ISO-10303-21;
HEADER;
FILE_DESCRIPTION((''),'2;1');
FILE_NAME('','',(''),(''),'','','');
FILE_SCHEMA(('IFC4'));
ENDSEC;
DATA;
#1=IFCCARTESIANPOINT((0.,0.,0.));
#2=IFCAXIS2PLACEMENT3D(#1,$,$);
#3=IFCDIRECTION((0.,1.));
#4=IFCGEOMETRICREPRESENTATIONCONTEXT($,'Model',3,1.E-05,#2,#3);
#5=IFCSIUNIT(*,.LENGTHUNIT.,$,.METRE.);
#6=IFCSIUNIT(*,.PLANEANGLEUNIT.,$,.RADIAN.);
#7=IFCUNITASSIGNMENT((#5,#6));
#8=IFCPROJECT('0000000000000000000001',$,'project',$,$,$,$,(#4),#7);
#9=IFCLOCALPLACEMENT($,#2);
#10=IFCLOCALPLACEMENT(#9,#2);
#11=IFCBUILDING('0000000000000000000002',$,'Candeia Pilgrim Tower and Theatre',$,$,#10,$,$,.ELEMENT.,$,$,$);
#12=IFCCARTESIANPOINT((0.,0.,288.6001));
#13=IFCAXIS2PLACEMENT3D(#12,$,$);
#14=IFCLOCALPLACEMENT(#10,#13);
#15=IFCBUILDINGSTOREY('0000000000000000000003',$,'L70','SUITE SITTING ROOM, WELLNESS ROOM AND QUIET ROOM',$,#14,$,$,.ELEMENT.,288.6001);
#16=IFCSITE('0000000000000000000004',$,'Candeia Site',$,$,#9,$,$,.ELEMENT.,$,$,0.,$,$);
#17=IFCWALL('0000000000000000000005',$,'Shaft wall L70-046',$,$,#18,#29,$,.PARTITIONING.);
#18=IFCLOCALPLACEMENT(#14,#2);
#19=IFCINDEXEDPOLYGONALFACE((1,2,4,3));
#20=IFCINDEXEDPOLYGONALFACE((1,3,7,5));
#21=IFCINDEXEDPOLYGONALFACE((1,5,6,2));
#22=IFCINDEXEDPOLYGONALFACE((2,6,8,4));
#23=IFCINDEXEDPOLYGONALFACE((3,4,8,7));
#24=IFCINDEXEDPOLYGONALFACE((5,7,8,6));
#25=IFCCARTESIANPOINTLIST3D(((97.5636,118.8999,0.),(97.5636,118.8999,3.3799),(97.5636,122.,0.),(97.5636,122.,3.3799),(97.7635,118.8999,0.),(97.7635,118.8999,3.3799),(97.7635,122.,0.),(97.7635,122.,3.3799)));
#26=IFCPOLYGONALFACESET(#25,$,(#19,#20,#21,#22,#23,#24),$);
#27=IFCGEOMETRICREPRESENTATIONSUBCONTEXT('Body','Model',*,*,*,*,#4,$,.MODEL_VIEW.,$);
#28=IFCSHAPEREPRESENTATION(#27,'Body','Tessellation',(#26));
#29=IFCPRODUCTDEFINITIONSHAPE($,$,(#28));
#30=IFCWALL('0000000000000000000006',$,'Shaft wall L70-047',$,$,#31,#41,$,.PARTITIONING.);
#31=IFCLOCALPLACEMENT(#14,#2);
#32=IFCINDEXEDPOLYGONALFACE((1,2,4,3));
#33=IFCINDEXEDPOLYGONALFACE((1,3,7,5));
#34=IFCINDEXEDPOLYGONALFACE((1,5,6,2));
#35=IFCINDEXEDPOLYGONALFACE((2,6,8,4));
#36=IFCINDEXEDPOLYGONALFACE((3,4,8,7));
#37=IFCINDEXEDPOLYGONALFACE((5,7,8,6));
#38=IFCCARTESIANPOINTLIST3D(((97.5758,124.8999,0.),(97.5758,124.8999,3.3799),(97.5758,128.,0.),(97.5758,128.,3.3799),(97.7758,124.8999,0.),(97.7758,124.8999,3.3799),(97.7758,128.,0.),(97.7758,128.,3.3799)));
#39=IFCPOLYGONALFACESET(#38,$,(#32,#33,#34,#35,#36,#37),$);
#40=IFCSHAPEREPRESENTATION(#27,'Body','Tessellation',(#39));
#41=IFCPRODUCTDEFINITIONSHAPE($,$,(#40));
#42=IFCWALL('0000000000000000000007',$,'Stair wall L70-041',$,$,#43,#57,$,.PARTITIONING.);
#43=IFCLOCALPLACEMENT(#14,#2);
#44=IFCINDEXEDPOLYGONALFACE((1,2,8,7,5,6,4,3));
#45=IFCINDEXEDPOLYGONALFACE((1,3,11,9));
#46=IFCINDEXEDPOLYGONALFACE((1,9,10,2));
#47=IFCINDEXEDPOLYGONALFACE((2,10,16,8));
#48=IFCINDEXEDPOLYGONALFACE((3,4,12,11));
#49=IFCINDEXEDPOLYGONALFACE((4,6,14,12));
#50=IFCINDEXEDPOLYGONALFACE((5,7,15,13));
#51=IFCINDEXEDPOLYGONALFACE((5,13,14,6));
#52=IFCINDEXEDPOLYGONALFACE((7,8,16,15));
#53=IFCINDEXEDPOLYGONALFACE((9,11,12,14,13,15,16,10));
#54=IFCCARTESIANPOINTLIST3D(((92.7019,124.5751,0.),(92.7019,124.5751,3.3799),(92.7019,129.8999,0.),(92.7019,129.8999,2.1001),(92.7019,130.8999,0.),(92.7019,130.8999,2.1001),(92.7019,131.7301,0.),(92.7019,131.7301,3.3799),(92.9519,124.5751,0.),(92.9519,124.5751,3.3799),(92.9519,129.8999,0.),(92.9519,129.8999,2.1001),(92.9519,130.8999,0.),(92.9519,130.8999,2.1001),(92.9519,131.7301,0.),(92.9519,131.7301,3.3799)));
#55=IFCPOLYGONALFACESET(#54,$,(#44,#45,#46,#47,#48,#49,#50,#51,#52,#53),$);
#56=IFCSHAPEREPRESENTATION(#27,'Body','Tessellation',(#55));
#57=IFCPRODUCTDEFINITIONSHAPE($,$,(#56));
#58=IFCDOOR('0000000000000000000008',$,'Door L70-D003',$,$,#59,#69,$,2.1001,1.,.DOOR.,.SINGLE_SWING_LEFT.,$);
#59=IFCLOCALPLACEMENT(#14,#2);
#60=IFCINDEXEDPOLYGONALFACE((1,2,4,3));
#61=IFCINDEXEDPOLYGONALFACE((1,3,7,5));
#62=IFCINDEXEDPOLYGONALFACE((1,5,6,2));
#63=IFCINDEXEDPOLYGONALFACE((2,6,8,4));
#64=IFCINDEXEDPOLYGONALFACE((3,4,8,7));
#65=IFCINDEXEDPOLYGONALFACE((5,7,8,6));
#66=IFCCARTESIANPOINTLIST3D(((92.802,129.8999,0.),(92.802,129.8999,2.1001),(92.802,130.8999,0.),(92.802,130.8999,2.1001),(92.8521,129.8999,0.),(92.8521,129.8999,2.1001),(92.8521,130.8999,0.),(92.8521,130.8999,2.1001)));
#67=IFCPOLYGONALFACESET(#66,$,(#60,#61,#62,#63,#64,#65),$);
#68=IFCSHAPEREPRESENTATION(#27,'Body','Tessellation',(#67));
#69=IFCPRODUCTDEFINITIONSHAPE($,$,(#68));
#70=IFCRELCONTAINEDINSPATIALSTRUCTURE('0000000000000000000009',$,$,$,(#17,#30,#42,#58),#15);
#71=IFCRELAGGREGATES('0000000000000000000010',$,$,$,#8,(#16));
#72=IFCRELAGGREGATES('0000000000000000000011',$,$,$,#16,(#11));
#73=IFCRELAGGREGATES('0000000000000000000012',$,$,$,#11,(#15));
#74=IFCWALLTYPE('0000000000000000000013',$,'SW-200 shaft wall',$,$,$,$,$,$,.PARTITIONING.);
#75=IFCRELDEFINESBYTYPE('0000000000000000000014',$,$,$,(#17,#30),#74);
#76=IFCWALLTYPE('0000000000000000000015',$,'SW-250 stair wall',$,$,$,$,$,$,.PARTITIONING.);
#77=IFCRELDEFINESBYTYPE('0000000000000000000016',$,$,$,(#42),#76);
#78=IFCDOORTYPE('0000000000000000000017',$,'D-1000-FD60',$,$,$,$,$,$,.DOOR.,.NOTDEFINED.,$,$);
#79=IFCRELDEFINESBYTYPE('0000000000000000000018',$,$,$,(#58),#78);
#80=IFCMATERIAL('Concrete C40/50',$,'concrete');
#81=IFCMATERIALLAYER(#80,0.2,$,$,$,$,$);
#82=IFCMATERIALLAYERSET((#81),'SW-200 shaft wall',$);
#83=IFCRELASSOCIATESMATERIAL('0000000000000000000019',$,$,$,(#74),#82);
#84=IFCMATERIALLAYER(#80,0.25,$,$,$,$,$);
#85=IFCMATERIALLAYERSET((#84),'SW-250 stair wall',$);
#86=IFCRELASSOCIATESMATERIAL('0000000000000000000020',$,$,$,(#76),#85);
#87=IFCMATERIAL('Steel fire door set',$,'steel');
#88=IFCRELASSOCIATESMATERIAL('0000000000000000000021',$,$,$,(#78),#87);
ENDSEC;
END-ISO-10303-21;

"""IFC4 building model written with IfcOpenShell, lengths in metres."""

from ifc_helpers import new_model, si_unit, direction, frame, frame_2d, origin, place, context, subcontext, project, spatial, rectangle, extrude, material, layer, layer_set, type_object, element, fill, save


model = new_model("IFC4")

# Units and contexts
model_context = context("Model", 3, precision=1e-05, world=origin(), true_north=direction((0.0, 1.0)))
body_context = subcontext(model_context, "Body", "Model", "MODEL_VIEW")
ifc_project = project(units=[si_unit("LENGTHUNIT", "METRE"), si_unit("PLANEANGLEUNIT", "RADIAN")], contexts=[model_context])

# Site, building, storey
site_placement = place(None, origin())
site = spatial("IfcSite", under=ifc_project, at=site_placement, Name="Candeia Site", CompositionType="ELEMENT", RefElevation=0.0)
building_placement = place(site_placement, origin())
building = spatial("IfcBuilding", under=site, at=building_placement, Name="Candeia Pilgrim Tower and Theatre", CompositionType="ELEMENT")
storey_placement = place(building_placement, frame((0.0, 0.0, 288.6001)))
storey = spatial("IfcBuildingStorey", under=building, at=storey_placement, Name="L70", Description="SUITE SITTING ROOM, WELLNESS ROOM AND QUIET ROOM", CompositionType="ELEMENT", Elevation=288.6001)

# Shared definitions
ifc_material_1 = material(Name="Steel fire door set", Category="steel")

# Shared definitions
ifc_material_2 = material(Name="Concrete C40/50", Category="concrete")
ifc_layer_1 = layer(ifc_material_2, 0.2)
ifc_layer_set_1 = layer_set([ifc_layer_1], Name="SW-200 shaft wall")
wall_type_1 = type_object("IfcWallType", Name="SW-200 shaft wall", PredefinedType="PARTITIONING", material=ifc_layer_set_1)

# Walls
for number, where, z_axis, x_axis, name in (
    (1, (97.6636, 118.8999, 0.0), (0.0, 0.0, 1.0), (0.0, 1.0, 0.0), "Shaft wall L70-046"),
    (2, (97.6758, 124.8999, 0.0), (0.0, 0.0, 1.0), (0.0, 1.0, 0.0), "Shaft wall L70-047"),
):
    element("IfcWall", number, at=place(storey_placement, frame(where, z_axis=z_axis, x_axis=x_axis)), inside=storey, type_object=wall_type_1, Name=name, PredefinedType="PARTITIONING", context=body_context, shape_type="SweptSolid", body=[
        extrude(rectangle(XDim=3.1001, YDim=0.2, at=frame_2d((1.55, 0.0))), origin(), (0.0, 0.0, 1.0), 3.3799),
    ])

# Wall, opening, door
ifc_layer_2 = layer(ifc_material_2, 0.25)
ifc_layer_set_2 = layer_set([ifc_layer_2], Name="SW-250 stair wall")
wall_type_2 = type_object("IfcWallType", Name="SW-250 stair wall", PredefinedType="PARTITIONING", material=ifc_layer_set_2)
wall_1_placement = place(storey_placement, frame((92.8269, 124.575, 0.0), z_axis=(0.0, 0.0, 1.0), x_axis=(0.0, 1.0, 0.0)))
wall_1 = element("IfcWall", 3, at=wall_1_placement, inside=storey, type_object=wall_type_2, Name="Stair wall L70-041", PredefinedType="PARTITIONING", context=body_context, shape_type="SweptSolid", body=[
    extrude(rectangle(XDim=7.155, YDim=0.25, at=frame_2d((3.5776, 0.0))), origin(), (0.0, 0.0, 1.0), 3.3799),
])
opening_1_placement = place(wall_1_placement, frame((5.325, 0.0, 0.0)))
opening_1 = element("IfcOpeningElement", 4, at=opening_1_placement, cuts=wall_1, PredefinedType="OPENING", context=body_context, shape_type="SweptSolid", body=[
    extrude(rectangle(XDim=1.0, YDim=2.1001, at=frame_2d((0.5, 1.05))), frame((0.0, 0.135, 0.0), z_axis=(0.0, -1.0, 0.0), x_axis=(1.0, 0.0, 0.0)), (0.0, 0.0, 1.0), 0.27),
])
door_type_1 = type_object("IfcDoorType", Name="D-1000-FD60", OperationType="NOTDEFINED", PredefinedType="DOOR", material=ifc_material_1)
door_1_placement = place(opening_1_placement, origin())
door_1 = element("IfcDoor", 5, at=door_1_placement, inside=storey, type_object=door_type_1, Name="Door L70-D003", OperationType="SINGLE_SWING_LEFT", OverallHeight=2.1001, OverallWidth=1.0, PredefinedType="DOOR", context=body_context, shape_type="SweptSolid", body=[
    extrude(rectangle(XDim=1.0, YDim=2.1001, at=frame_2d((0.5, 1.05))), frame((0.0, 0.0249, 0.0), z_axis=(0.0, -1.0, 0.0), x_axis=(1.0, 0.0, 0.0)), (0.0, 0.0, 1.0), 0.05),
])
fill(opening_1, door_1)

save(model, "model.ifc")
